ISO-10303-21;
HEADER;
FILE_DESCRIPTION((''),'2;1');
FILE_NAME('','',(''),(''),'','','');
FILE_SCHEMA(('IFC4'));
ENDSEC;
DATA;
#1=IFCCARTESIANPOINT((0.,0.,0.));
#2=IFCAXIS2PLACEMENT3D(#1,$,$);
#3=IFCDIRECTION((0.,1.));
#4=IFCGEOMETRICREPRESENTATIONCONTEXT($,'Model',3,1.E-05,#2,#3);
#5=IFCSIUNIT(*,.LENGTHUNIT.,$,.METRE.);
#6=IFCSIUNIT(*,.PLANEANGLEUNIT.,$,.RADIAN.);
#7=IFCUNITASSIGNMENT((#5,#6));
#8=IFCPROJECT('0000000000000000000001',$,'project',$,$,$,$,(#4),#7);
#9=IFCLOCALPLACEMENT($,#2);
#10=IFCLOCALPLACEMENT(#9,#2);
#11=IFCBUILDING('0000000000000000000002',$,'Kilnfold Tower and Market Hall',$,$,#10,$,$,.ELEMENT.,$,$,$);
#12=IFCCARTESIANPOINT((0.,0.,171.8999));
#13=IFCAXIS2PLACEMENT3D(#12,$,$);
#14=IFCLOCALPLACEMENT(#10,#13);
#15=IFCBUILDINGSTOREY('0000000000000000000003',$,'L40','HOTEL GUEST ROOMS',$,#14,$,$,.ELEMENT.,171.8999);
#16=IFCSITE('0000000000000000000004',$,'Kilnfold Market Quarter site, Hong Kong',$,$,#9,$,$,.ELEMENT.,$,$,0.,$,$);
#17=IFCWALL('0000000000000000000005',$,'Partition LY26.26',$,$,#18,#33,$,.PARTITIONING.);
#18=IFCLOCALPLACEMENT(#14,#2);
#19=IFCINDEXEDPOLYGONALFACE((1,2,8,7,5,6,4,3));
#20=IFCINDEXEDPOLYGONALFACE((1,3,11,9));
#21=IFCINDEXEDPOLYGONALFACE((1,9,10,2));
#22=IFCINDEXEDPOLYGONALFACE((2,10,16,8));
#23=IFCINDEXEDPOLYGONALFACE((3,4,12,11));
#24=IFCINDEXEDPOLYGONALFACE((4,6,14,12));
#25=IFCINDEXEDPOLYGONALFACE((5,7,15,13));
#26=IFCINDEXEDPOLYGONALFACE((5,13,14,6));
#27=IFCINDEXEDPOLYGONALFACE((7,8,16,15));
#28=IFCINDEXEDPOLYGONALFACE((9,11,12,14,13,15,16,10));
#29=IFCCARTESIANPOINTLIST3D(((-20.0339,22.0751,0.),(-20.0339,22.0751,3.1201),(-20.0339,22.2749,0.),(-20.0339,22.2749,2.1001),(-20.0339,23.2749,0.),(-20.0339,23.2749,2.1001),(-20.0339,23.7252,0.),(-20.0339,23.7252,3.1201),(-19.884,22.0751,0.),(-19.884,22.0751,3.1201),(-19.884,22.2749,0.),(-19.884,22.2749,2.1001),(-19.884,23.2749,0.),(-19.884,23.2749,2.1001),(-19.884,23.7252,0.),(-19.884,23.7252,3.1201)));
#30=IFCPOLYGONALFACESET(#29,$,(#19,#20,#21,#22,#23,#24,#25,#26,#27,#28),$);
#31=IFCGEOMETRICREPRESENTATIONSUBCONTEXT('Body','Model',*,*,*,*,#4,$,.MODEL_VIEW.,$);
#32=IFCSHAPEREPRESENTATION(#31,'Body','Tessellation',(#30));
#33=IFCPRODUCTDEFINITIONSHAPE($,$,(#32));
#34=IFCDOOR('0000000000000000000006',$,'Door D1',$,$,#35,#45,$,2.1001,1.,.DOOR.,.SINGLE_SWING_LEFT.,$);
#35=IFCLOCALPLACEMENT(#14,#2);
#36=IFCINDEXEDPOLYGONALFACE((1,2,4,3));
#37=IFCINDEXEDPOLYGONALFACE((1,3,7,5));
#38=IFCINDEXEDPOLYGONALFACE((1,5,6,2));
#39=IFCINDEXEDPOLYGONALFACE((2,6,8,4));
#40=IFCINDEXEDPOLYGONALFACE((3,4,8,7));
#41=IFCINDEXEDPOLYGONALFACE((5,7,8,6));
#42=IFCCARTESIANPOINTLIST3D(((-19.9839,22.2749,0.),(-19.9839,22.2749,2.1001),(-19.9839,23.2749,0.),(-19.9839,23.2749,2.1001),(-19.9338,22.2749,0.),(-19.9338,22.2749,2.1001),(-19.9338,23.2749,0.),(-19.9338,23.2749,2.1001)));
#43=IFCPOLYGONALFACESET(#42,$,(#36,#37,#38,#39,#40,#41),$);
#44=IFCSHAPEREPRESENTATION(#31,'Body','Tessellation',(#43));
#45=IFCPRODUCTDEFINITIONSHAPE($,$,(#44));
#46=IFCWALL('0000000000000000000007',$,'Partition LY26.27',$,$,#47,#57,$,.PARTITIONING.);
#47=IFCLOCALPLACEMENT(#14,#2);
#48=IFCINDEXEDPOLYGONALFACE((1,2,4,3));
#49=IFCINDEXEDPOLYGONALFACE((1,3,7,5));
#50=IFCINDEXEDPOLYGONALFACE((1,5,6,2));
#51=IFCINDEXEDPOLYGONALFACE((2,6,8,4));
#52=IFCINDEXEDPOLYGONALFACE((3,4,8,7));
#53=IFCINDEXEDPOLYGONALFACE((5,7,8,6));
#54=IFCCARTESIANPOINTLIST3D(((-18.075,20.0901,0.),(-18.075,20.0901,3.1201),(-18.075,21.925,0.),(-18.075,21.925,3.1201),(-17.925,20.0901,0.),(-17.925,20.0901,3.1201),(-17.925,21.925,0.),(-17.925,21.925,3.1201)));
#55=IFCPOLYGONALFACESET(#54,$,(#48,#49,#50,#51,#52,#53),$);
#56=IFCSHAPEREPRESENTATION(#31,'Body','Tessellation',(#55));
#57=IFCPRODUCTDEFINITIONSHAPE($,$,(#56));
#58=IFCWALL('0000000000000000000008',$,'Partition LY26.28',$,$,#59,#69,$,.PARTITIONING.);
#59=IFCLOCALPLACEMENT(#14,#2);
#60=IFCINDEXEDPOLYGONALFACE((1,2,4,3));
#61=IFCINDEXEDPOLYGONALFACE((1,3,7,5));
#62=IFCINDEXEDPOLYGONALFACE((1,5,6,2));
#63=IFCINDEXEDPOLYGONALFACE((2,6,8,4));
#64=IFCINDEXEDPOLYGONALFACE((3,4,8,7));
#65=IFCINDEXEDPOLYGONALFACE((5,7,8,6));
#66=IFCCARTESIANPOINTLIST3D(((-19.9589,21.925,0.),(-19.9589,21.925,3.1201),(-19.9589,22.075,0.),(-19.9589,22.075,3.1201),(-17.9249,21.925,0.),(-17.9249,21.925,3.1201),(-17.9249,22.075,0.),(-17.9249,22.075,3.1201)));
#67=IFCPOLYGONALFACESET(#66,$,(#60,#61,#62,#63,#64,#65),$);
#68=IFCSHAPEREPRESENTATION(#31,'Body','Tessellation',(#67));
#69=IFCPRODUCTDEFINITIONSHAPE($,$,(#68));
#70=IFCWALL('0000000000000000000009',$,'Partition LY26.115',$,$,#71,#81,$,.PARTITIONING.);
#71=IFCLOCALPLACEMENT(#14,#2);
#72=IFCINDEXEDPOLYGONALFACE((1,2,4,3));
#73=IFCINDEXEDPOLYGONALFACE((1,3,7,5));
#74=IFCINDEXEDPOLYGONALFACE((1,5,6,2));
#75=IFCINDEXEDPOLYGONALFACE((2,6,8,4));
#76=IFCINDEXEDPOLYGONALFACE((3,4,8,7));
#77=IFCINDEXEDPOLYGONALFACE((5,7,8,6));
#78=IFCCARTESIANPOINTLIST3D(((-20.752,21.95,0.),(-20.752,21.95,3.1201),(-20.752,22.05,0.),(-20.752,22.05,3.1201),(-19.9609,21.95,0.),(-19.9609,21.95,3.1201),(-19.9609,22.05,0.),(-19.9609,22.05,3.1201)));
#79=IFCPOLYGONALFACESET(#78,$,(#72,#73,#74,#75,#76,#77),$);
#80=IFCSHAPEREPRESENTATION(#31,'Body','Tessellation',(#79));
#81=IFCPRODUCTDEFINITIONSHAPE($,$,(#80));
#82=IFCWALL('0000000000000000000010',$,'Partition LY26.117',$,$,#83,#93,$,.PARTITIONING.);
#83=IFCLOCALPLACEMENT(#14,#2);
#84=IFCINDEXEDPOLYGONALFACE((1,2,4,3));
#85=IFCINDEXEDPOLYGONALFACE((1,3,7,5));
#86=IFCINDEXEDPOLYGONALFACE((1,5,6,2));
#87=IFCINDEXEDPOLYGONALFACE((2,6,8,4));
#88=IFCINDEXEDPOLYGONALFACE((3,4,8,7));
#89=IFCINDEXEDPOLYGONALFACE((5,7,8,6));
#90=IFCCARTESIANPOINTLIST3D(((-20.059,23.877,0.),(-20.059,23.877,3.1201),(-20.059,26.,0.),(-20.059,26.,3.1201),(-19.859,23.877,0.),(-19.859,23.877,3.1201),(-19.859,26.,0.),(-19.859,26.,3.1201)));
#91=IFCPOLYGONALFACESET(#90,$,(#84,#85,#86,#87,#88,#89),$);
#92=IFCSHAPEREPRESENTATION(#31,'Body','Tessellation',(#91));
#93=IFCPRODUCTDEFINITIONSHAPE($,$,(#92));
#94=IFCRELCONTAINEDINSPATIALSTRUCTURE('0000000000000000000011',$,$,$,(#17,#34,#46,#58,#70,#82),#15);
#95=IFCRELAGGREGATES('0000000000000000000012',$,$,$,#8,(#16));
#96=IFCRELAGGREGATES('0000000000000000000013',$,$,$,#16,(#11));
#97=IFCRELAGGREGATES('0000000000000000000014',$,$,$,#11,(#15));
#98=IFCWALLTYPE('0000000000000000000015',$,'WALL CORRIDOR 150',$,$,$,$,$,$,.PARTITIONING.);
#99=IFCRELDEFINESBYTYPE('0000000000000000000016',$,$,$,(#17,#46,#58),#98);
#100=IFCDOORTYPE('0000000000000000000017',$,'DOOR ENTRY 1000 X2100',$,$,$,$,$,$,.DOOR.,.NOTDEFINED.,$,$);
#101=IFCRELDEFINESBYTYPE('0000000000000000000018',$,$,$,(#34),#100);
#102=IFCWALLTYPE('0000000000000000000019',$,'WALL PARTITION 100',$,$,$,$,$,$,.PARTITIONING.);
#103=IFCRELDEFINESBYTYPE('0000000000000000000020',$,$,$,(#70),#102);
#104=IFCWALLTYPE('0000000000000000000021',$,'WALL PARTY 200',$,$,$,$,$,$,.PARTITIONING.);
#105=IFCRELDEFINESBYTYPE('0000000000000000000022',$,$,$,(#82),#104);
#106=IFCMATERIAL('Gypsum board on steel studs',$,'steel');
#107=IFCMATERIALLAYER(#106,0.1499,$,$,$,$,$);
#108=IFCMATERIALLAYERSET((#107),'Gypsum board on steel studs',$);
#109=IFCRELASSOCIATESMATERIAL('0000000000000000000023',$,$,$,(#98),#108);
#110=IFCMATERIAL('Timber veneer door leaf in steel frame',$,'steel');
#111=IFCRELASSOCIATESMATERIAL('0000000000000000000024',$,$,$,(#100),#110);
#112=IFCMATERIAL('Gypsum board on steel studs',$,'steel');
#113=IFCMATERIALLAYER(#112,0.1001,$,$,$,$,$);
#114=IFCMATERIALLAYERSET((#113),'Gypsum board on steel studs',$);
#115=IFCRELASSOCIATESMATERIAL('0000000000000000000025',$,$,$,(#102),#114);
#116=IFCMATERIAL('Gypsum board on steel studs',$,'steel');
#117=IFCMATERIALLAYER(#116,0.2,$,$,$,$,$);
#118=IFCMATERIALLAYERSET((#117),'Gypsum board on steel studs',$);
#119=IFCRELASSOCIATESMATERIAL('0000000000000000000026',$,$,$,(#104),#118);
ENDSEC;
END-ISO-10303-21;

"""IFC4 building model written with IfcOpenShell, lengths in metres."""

from ifc_helpers import new_model, si_unit, direction, frame, frame_2d, origin, place, context, subcontext, project, spatial, rectangle, extrude, material, layer, layer_set, type_object, element, fill, save


model = new_model("IFC4")

# Units and contexts
model_context = context("Model", 3, precision=1e-05, world=origin(), true_north=direction((0.0, 1.0)))
body_context = subcontext(model_context, "Body", "Model", "MODEL_VIEW")
ifc_project = project(units=[si_unit("LENGTHUNIT", "METRE"), si_unit("PLANEANGLEUNIT", "RADIAN")], contexts=[model_context])

# Site, building, storey
site_placement = place(None, origin())
site = spatial("IfcSite", under=ifc_project, at=site_placement, Name="Kilnfold Market Quarter site, Hong Kong", CompositionType="ELEMENT", RefElevation=0.0)
building_placement = place(site_placement, origin())
building = spatial("IfcBuilding", under=site, at=building_placement, Name="Kilnfold Tower and Market Hall", CompositionType="ELEMENT")
storey_placement = place(building_placement, frame((0.0, 0.0, 171.8999)))
storey = spatial("IfcBuildingStorey", under=building, at=storey_placement, Name="L40", Description="HOTEL GUEST ROOMS", CompositionType="ELEMENT", Elevation=171.8999)

# Wall, opening, door
ifc_material_1 = material(Name="Gypsum board on steel studs", Category="steel")
ifc_layer_1 = layer(ifc_material_1, 0.1499)
ifc_layer_set_1 = layer_set([ifc_layer_1], Name="Gypsum board on steel studs")
wall_type_1 = type_object("IfcWallType", Name="WALL CORRIDOR 150", PredefinedType="PARTITIONING", material=ifc_layer_set_1)
wall_1_placement = place(storey_placement, frame((-19.959, 22.075, 0.0), z_axis=(0.0, 0.0, 1.0), x_axis=(0.0, 1.0, 0.0)))
wall_1 = element("IfcWall", 1, at=wall_1_placement, inside=storey, type_object=wall_type_1, Name="Partition LY26.26", PredefinedType="PARTITIONING", context=body_context, shape_type="SweptSolid", body=[
    extrude(rectangle(XDim=1.6501, YDim=0.1499, at=frame_2d((0.8252, 0.0))), origin(), (0.0, 0.0, 1.0), 3.1201),
])
opening_1_placement = place(wall_1_placement, frame((0.2, 0.0, 0.0)))
opening_1 = element("IfcOpeningElement", 2, at=opening_1_placement, cuts=wall_1, PredefinedType="OPENING", context=body_context, shape_type="SweptSolid", body=[
    extrude(rectangle(XDim=1.0, YDim=2.1001, at=frame_2d((0.5, 1.05))), frame((0.0, 0.085, 0.0), z_axis=(0.0, -1.0, 0.0), x_axis=(1.0, 0.0, 0.0)), (0.0, 0.0, 1.0), 0.1699),
])
ifc_material_2 = material(Name="Timber veneer door leaf in steel frame", Category="steel")
door_type_1 = type_object("IfcDoorType", Name="DOOR ENTRY 1000 X2100", OperationType="NOTDEFINED", PredefinedType="DOOR", material=ifc_material_2)
door_1_placement = place(opening_1_placement, origin())
door_1 = element("IfcDoor", 3, at=door_1_placement, inside=storey, type_object=door_type_1, Name="Door D1", OperationType="SINGLE_SWING_LEFT", OverallHeight=2.1001, OverallWidth=1.0, PredefinedType="DOOR", context=body_context, shape_type="SweptSolid", body=[
    extrude(rectangle(XDim=1.0, YDim=2.1001, at=frame_2d((0.5, 1.05))), frame((0.0, 0.0249, 0.0), z_axis=(0.0, -1.0, 0.0), x_axis=(1.0, 0.0, 0.0)), (0.0, 0.0, 1.0), 0.05),
])
fill(opening_1, door_1)

# Walls
wall_2_placement = place(storey_placement, frame((-18.0, 20.0901, 0.0), z_axis=(0.0, 0.0, 1.0), x_axis=(0.0, 1.0, 0.0)))
element("IfcWall", 4, at=wall_2_placement, inside=storey, type_object=wall_type_1, Name="Partition LY26.27", PredefinedType="PARTITIONING", context=body_context, shape_type="SweptSolid", body=[
    extrude(rectangle(XDim=1.835, YDim=0.1499, at=frame_2d((0.9175, 0.0))), origin(), (0.0, 0.0, 1.0), 3.1201),
])
wall_3_placement = place(storey_placement, frame((-19.959, 22.0, 0.0), z_axis=(0.0, 0.0, 1.0), x_axis=(1.0, 0.0, 0.0)))
element("IfcWall", 5, at=wall_3_placement, inside=storey, type_object=wall_type_1, Name="Partition LY26.28", PredefinedType="PARTITIONING", context=body_context, shape_type="SweptSolid", body=[
    extrude(rectangle(XDim=2.0339, YDim=0.1499, at=frame_2d((1.0171, 0.0))), origin(), (0.0, 0.0, 1.0), 3.1201),
])

# Walls
ifc_material_3 = material(Name="Gypsum board on steel studs", Category="steel")
ifc_layer_2 = layer(ifc_material_3, 0.1001)
ifc_layer_set_2 = layer_set([ifc_layer_2], Name="Gypsum board on steel studs")
wall_type_2 = type_object("IfcWallType", Name="WALL PARTITION 100", PredefinedType="PARTITIONING", material=ifc_layer_set_2)
wall_4_placement = place(storey_placement, frame((-20.752, 22.0, 0.0), z_axis=(0.0, 0.0, 1.0), x_axis=(1.0, 0.0, 0.0)))
element("IfcWall", 6, at=wall_4_placement, inside=storey, type_object=wall_type_2, Name="Partition LY26.115", PredefinedType="PARTITIONING", context=body_context, shape_type="SweptSolid", body=[
    extrude(rectangle(XDim=0.791, YDim=0.1001, at=frame_2d((0.3955, 0.0))), origin(), (0.0, 0.0, 1.0), 3.1201),
])
ifc_material_4 = material(Name="Gypsum board on steel studs", Category="steel")
ifc_layer_3 = layer(ifc_material_4, 0.2)
ifc_layer_set_3 = layer_set([ifc_layer_3], Name="Gypsum board on steel studs")
wall_type_3 = type_object("IfcWallType", Name="WALL PARTY 200", PredefinedType="PARTITIONING", material=ifc_layer_set_3)
wall_5_placement = place(storey_placement, frame((-19.959, 23.877, 0.0), z_axis=(0.0, 0.0, 1.0), x_axis=(0.0, 1.0, 0.0)))
element("IfcWall", 7, at=wall_5_placement, inside=storey, type_object=wall_type_3, Name="Partition LY26.117", PredefinedType="PARTITIONING", context=body_context, shape_type="SweptSolid", body=[
    extrude(rectangle(XDim=2.123, YDim=0.2, at=frame_2d((1.0615, 0.0))), origin(), (0.0, 0.0, 1.0), 3.1201),
])

save(model, "model.ifc")
